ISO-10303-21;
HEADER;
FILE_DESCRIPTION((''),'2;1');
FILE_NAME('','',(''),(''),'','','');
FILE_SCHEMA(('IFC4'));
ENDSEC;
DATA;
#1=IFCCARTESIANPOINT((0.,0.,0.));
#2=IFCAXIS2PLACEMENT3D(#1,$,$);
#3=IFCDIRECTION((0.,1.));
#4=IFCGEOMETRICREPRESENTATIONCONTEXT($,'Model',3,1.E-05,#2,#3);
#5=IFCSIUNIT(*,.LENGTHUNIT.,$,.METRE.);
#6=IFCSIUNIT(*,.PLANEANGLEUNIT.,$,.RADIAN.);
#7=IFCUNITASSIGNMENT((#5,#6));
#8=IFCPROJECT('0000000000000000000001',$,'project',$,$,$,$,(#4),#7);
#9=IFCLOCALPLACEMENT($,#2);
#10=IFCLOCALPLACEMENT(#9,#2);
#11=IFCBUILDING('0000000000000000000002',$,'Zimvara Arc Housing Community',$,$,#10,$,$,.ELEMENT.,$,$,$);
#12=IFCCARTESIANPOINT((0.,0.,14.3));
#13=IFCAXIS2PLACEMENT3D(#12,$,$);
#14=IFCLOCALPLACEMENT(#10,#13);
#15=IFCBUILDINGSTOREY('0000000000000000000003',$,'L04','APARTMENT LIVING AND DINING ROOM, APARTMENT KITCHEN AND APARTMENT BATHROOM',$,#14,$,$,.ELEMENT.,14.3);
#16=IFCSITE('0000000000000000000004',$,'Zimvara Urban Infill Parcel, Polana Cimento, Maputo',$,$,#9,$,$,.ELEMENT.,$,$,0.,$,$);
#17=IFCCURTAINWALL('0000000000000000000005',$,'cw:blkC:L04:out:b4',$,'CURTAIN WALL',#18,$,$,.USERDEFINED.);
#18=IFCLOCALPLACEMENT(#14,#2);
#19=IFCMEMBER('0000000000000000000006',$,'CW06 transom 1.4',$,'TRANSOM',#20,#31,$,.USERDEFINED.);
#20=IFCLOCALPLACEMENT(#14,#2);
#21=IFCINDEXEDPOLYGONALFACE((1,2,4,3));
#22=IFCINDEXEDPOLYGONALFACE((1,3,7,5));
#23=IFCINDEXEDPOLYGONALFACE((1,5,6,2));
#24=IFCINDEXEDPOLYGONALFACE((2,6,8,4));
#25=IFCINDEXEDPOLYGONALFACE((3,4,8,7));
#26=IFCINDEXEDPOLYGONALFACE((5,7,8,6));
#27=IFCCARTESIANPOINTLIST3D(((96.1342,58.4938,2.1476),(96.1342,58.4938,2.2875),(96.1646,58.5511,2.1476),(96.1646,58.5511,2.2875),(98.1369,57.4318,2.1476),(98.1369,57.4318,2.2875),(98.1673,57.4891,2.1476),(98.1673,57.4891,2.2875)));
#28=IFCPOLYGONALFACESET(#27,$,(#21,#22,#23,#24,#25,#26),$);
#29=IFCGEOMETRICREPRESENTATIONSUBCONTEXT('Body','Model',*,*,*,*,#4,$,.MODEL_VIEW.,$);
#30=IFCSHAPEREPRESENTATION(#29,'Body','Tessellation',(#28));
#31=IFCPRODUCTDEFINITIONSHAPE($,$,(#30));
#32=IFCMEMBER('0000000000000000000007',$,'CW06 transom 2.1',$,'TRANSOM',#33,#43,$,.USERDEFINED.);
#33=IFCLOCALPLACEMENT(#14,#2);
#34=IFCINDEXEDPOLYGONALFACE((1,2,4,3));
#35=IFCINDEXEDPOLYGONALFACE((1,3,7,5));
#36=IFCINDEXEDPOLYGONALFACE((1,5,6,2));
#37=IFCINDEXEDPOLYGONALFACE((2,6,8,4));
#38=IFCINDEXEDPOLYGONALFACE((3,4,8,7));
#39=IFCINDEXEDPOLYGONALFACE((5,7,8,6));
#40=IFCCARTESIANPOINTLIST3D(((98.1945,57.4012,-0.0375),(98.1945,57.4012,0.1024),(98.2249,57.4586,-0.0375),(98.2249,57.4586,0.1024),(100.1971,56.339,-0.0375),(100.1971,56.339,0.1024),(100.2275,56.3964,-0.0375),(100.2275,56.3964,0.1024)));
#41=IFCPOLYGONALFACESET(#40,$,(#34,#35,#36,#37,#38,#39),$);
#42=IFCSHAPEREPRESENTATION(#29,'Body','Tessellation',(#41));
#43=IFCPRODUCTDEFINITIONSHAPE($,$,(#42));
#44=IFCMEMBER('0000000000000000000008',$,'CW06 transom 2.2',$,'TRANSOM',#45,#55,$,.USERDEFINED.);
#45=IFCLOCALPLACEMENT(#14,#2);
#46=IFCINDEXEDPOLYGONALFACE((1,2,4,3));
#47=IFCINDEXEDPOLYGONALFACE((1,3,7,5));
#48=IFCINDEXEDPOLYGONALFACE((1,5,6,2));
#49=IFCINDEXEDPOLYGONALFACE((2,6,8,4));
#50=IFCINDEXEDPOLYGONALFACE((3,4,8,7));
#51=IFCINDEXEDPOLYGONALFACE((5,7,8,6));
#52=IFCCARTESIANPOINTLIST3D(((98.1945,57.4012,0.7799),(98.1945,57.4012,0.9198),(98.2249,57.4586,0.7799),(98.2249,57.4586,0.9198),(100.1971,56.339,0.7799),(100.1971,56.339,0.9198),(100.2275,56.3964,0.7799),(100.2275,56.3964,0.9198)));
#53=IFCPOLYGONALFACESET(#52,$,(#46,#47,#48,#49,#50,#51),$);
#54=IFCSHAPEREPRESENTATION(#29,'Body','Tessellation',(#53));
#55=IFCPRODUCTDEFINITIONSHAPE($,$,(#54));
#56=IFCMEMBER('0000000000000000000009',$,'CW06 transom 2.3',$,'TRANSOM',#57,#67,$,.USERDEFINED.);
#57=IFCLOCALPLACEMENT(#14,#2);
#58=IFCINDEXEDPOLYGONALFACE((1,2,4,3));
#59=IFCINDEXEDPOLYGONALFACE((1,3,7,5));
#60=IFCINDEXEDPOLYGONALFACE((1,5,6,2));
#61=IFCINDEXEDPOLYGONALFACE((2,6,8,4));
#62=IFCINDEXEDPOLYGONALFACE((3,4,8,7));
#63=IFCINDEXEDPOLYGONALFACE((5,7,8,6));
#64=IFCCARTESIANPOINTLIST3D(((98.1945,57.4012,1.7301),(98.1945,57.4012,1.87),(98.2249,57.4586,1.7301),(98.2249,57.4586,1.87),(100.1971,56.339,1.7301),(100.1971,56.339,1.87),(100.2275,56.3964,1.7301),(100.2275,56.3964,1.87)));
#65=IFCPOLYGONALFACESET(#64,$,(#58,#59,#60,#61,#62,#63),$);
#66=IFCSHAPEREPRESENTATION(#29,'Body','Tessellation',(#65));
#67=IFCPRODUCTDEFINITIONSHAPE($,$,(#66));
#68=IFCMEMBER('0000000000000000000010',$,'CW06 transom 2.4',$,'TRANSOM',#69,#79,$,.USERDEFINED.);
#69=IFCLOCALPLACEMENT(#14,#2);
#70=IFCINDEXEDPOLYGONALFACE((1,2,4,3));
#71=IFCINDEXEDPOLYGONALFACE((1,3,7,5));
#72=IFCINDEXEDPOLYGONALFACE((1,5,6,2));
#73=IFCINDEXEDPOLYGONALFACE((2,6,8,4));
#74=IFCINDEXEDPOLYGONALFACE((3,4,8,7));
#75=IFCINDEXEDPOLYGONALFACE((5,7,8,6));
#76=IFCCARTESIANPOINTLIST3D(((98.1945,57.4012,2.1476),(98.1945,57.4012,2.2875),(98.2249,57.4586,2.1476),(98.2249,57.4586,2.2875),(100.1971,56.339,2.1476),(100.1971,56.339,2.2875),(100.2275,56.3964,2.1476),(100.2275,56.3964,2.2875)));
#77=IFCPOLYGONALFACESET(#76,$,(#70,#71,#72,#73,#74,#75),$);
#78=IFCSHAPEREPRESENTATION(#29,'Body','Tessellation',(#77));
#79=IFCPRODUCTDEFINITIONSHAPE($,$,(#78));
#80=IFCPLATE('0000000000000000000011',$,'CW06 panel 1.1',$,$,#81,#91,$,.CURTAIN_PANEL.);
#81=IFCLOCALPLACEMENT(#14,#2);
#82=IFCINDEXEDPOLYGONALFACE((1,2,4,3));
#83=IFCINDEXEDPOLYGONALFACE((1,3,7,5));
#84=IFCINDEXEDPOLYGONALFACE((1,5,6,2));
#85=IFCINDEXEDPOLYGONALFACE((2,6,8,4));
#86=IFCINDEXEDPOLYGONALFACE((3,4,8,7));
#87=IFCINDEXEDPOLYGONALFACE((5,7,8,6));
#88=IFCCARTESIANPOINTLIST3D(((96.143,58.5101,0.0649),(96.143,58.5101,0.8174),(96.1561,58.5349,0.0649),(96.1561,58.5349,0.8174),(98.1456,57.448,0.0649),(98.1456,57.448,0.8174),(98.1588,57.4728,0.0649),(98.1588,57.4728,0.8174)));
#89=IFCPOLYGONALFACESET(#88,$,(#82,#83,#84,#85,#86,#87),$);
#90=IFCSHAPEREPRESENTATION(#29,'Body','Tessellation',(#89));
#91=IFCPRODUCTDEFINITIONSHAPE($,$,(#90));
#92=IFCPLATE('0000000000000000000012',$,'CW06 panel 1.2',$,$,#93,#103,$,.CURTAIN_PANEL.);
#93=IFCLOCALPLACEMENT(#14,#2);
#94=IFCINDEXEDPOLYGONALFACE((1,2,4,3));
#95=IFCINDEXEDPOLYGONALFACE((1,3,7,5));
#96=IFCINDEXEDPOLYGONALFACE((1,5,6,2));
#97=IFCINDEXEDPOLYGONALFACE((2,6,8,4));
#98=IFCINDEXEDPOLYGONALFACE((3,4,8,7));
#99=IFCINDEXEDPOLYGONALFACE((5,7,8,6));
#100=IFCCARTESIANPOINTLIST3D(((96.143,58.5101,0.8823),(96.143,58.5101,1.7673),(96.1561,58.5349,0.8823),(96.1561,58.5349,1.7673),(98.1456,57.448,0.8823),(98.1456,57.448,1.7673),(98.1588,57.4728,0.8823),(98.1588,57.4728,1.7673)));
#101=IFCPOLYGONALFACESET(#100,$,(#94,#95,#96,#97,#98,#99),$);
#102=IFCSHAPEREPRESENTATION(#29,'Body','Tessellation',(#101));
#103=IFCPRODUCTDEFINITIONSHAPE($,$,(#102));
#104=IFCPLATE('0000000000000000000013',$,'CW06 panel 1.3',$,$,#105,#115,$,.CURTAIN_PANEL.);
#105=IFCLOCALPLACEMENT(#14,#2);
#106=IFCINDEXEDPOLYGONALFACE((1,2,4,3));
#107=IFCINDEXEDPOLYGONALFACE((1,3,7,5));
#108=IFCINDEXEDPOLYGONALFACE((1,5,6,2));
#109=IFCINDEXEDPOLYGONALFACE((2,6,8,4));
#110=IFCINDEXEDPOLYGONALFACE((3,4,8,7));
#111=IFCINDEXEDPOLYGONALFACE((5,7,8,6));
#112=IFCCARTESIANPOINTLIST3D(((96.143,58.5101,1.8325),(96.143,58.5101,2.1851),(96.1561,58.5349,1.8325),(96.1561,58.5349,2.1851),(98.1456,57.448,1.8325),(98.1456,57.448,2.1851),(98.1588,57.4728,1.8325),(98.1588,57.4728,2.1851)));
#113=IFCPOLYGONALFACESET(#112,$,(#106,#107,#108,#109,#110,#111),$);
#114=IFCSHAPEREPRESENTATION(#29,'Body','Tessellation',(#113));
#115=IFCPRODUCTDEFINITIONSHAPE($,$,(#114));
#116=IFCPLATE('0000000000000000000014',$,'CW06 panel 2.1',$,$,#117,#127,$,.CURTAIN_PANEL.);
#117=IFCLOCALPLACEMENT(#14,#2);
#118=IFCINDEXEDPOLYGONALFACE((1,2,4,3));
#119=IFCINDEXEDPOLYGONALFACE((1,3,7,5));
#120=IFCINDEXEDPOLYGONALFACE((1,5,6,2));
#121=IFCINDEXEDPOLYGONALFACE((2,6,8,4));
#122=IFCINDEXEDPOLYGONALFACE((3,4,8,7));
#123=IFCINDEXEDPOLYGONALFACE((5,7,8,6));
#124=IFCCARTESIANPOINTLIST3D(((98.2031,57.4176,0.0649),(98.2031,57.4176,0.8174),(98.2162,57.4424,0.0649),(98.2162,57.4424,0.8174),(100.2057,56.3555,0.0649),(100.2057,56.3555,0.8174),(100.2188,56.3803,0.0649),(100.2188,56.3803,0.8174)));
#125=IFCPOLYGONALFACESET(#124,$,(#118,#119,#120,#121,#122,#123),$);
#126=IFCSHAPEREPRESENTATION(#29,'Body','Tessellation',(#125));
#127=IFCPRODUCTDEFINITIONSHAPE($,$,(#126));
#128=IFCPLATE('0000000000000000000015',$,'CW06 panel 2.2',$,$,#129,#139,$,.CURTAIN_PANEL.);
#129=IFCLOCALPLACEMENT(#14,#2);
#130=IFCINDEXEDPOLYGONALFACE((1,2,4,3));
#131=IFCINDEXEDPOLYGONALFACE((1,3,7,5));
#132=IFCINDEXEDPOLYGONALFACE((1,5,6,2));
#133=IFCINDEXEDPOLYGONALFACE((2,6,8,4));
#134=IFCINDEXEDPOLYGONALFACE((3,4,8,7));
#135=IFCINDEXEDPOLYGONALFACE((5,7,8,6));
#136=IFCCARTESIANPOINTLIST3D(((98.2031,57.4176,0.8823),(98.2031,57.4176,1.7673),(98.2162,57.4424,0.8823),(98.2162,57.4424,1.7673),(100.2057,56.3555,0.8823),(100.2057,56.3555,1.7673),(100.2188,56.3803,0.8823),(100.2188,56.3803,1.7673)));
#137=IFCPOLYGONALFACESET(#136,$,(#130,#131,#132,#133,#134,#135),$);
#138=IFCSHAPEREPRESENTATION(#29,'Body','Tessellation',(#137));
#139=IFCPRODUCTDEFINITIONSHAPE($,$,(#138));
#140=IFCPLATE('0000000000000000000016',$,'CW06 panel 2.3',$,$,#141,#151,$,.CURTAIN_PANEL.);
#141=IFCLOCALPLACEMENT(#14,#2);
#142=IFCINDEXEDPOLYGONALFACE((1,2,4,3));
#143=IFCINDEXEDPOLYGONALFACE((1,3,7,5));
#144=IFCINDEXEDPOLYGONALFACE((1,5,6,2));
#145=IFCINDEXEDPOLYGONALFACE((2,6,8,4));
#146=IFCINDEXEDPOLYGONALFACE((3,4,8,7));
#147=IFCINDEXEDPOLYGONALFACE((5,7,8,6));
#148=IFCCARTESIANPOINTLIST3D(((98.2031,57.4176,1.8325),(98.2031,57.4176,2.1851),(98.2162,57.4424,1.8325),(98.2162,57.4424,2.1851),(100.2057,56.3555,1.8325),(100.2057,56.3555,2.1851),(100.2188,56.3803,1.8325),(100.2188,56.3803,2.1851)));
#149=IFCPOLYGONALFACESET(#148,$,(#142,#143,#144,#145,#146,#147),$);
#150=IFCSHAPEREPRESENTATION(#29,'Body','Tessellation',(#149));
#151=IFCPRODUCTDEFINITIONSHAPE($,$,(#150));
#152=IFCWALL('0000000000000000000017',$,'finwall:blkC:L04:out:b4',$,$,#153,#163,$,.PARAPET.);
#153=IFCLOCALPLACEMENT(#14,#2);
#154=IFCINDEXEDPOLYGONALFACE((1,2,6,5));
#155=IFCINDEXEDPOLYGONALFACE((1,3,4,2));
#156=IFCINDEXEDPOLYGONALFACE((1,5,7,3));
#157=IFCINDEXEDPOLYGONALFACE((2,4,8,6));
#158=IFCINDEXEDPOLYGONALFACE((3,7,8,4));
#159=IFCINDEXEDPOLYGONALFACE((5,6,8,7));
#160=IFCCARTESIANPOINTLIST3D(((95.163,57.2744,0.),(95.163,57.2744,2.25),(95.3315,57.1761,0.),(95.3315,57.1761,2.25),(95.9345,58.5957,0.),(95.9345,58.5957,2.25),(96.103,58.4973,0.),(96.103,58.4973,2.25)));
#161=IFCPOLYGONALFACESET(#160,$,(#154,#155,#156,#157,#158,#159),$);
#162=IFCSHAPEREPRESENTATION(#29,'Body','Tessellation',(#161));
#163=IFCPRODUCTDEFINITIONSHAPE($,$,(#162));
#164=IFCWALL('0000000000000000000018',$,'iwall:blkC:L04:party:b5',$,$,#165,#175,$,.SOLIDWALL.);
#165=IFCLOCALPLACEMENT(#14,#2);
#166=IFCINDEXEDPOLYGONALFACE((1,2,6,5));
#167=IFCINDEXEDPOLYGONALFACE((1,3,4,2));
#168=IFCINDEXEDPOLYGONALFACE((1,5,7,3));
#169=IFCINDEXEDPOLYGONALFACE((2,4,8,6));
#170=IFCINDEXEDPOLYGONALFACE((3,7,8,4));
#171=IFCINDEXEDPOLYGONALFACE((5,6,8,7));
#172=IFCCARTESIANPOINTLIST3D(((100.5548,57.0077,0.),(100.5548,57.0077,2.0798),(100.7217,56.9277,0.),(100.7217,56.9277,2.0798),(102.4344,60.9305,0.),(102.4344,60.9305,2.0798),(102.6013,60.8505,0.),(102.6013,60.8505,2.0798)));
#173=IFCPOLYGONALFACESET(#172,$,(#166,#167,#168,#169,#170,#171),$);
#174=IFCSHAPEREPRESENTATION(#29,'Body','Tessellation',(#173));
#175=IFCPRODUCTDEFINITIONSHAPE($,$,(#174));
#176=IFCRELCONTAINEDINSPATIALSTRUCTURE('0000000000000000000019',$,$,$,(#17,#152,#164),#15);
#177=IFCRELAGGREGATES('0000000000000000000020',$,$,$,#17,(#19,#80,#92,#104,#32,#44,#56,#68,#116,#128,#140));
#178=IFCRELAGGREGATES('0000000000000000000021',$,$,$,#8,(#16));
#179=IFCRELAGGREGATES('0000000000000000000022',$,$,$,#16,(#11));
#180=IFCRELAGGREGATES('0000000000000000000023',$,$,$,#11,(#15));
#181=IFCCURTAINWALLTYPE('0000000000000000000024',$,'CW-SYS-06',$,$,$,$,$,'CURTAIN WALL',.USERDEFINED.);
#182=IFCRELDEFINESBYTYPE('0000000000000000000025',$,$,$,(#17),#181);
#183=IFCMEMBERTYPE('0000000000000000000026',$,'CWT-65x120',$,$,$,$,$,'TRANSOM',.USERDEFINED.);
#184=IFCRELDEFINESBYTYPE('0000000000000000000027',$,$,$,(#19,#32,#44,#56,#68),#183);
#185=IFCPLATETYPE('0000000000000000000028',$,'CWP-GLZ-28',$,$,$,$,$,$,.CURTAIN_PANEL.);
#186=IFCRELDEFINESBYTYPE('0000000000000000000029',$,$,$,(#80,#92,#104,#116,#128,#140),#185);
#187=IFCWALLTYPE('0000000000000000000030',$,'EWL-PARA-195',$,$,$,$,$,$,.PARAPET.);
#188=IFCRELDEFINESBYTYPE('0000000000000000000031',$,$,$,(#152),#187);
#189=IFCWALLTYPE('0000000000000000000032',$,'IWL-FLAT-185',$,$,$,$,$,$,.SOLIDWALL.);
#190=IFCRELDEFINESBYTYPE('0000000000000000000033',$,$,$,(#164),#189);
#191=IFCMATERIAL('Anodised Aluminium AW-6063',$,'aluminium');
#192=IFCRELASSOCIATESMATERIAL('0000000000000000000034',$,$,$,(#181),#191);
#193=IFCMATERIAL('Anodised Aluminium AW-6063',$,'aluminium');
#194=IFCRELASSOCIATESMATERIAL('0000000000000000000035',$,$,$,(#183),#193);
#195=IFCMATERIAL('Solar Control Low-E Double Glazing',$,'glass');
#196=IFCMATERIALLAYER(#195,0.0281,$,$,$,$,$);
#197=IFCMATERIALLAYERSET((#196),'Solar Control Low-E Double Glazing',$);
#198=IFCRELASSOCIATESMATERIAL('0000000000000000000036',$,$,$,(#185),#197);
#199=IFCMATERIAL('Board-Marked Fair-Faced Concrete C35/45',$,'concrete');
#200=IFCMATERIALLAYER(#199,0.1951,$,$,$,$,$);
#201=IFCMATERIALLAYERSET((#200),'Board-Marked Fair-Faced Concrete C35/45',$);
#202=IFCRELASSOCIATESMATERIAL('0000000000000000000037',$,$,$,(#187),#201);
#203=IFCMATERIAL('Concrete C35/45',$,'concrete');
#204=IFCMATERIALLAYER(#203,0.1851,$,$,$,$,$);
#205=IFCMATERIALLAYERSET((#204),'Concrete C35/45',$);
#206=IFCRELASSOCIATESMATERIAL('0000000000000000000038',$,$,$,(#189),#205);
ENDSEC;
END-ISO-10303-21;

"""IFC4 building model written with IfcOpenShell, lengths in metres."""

from ifc_helpers import new_model, si_unit, direction, frame, frame_2d, origin, origin_2d, place, context, subcontext, project, spatial, rectangle, extrude, material, layer, layer_set, material_profile, profile_set, type_object, element, aggregate, save


model = new_model("IFC4")

# Units and contexts
model_context = context("Model", 3, precision=1e-05, world=origin(), true_north=direction((0.0, 1.0)))
body_context = subcontext(model_context, "Body", "Model", "MODEL_VIEW")
ifc_project = project(units=[si_unit("LENGTHUNIT", "METRE"), si_unit("PLANEANGLEUNIT", "RADIAN")], contexts=[model_context])

# Site, building, storey
site_placement = place(None, origin())
site = spatial("IfcSite", under=ifc_project, at=site_placement, Name="Zimvara Urban Infill Parcel, Polana Cimento, Maputo", CompositionType="ELEMENT", RefElevation=0.0)
building_placement = place(site_placement, origin())
building = spatial("IfcBuilding", under=site, at=building_placement, Name="Zimvara Arc Housing Community", CompositionType="ELEMENT")
storey_placement = place(building_placement, frame((0.0, 0.0, 14.3)))
storey = spatial("IfcBuildingStorey", under=building, at=storey_placement, Name="L04", Description="APARTMENT LIVING AND DINING ROOM, APARTMENT KITCHEN AND APARTMENT BATHROOM", CompositionType="ELEMENT", Elevation=14.3)

# Curtain wall, members, plates
ifc_material_1 = material(Name="Anodised Aluminium AW-6063", Category="aluminium")
curtain_wall_type = type_object("IfcCurtainWallType", Name="CW-SYS-06", ElementType="CURTAIN WALL", PredefinedType="USERDEFINED", material=ifc_material_1)
curtain_wall_placement = place(storey_placement, origin())
curtain_wall = element("IfcCurtainWall", 1, at=curtain_wall_placement, inside=storey, type_object=curtain_wall_type, Name="cw:blkC:L04:out:b4", ObjectType="CURTAIN WALL", PredefinedType="USERDEFINED")
ifc_material_2 = material(Name="Anodised Aluminium AW-6063", Category="aluminium")
ifc_material_profile_1 = material_profile(ifc_material_2, rectangle(XDim=0.0649, YDim=0.1399, at=origin_2d()), Name="ALU 65x140")
ifc_profile_set_1 = profile_set([ifc_material_profile_1], Name="Anodised Aluminium AW-6063")
member_type_1 = type_object("IfcMemberType", Name="CWT-65x120", ElementType="TRANSOM", PredefinedType="USERDEFINED", material=ifc_profile_set_1)
member_1_placement = place(storey_placement, frame((96.1494, 58.5225, 2.2175), z_axis=(0.883465, -0.468496, 0.0), x_axis=(0.468496, 0.883465, 0.0)))
member_1 = element("IfcMember", 2, at=member_1_placement, type_object=member_type_1, Name="CW06 transom 1.4", ObjectType="TRANSOM", PredefinedType="USERDEFINED", context=body_context, shape_type="SweptSolid", body=[
    extrude(rectangle(XDim=0.0649, YDim=0.1399, at=origin_2d()), origin(), (0.0, 0.0, 1.0), 2.2668),
])
member_2_placement = place(storey_placement, frame((98.2097, 57.4299, 0.0325), z_axis=(0.883421, -0.46858, 0.0), x_axis=(0.46858, 0.883421, 0.0)))
member_2 = element("IfcMember", 3, at=member_2_placement, type_object=member_type_1, Name="CW06 transom 2.1", ObjectType="TRANSOM", PredefinedType="USERDEFINED", context=body_context, shape_type="SweptSolid", body=[
    extrude(rectangle(XDim=0.0649, YDim=0.1399, at=origin_2d()), origin(), (0.0, 0.0, 1.0), 2.2668),
])
member_3_placement = place(storey_placement, frame((98.2097, 57.4299, 0.8499), z_axis=(0.883421, -0.46858, 0.0), x_axis=(0.46858, 0.883421, 0.0)))
member_3 = element("IfcMember", 4, at=member_3_placement, type_object=member_type_1, Name="CW06 transom 2.2", ObjectType="TRANSOM", PredefinedType="USERDEFINED", context=body_context, shape_type="SweptSolid", body=[
    extrude(rectangle(XDim=0.0649, YDim=0.1399, at=origin_2d()), origin(), (0.0, 0.0, 1.0), 2.2668),
])
member_4_placement = place(storey_placement, frame((98.2097, 57.4299, 1.8), z_axis=(0.883421, -0.46858, 0.0), x_axis=(0.46858, 0.883421, 0.0)))
member_4 = element("IfcMember", 5, at=member_4_placement, type_object=member_type_1, Name="CW06 transom 2.3", ObjectType="TRANSOM", PredefinedType="USERDEFINED", context=body_context, shape_type="SweptSolid", body=[
    extrude(rectangle(XDim=0.0649, YDim=0.1399, at=origin_2d()), origin(), (0.0, 0.0, 1.0), 2.2668),
])
member_5_placement = place(storey_placement, frame((98.2097, 57.4299, 2.2175), z_axis=(0.883421, -0.46858, 0.0), x_axis=(0.46858, 0.883421, 0.0)))
member_5 = element("IfcMember", 6, at=member_5_placement, type_object=member_type_1, Name="CW06 transom 2.4", ObjectType="TRANSOM", PredefinedType="USERDEFINED", context=body_context, shape_type="SweptSolid", body=[
    extrude(rectangle(XDim=0.0649, YDim=0.1399, at=origin_2d()), origin(), (0.0, 0.0, 1.0), 2.2668),
])
ifc_material_3 = material(Name="Solar Control Low-E Double Glazing", Category="glass")
ifc_layer_1 = layer(ifc_material_3, 0.0281)
ifc_layer_set_1 = layer_set([ifc_layer_1], Name="Solar Control Low-E Double Glazing")
plate_type = type_object("IfcPlateType", Name="CWP-GLZ-28", PredefinedType="CURTAIN_PANEL", material=ifc_layer_set_1)
plate_1_placement = place(storey_placement, frame((97.1509, 57.9915, 0.0649), z_axis=(0.0, 0.0, 1.0), x_axis=(0.883439, -0.468547, 0.0)))
plate_1 = element("IfcPlate", 7, at=plate_1_placement, type_object=plate_type, Name="CW06 panel 1.1", PredefinedType="CURTAIN_PANEL", context=body_context, shape_type="SweptSolid", body=[
    extrude(rectangle(XDim=2.2668, YDim=0.0281, at=origin_2d()), origin(), (0.0, 0.0, 1.0), 0.7524),
])
plate_2_placement = place(storey_placement, frame((97.1509, 57.9915, 0.8823), z_axis=(0.0, 0.0, 1.0), x_axis=(0.883439, -0.468547, 0.0)))
plate_2 = element("IfcPlate", 8, at=plate_2_placement, type_object=plate_type, Name="CW06 panel 1.2", PredefinedType="CURTAIN_PANEL", context=body_context, shape_type="SweptSolid", body=[
    extrude(rectangle(XDim=2.2668, YDim=0.0281, at=origin_2d()), origin(), (0.0, 0.0, 1.0), 0.885),
])
plate_3_placement = place(storey_placement, frame((97.1509, 57.9915, 1.8325), z_axis=(0.0, 0.0, 1.0), x_axis=(0.883439, -0.468547, 0.0)))
plate_3 = element("IfcPlate", 9, at=plate_3_placement, type_object=plate_type, Name="CW06 panel 1.3", PredefinedType="CURTAIN_PANEL", context=body_context, shape_type="SweptSolid", body=[
    extrude(rectangle(XDim=2.2668, YDim=0.0281, at=origin_2d()), origin(), (0.0, 0.0, 1.0), 0.3525),
])
plate_4_placement = place(storey_placement, frame((99.2109, 56.8989, 0.0649), z_axis=(0.0, 0.0, 1.0), x_axis=(0.883439, -0.468547, 0.0)))
plate_4 = element("IfcPlate", 10, at=plate_4_placement, type_object=plate_type, Name="CW06 panel 2.1", PredefinedType="CURTAIN_PANEL", context=body_context, shape_type="SweptSolid", body=[
    extrude(rectangle(XDim=2.2668, YDim=0.0281, at=origin_2d()), origin(), (0.0, 0.0, 1.0), 0.7524),
])
plate_5_placement = place(storey_placement, frame((99.2109, 56.8989, 0.8823), z_axis=(0.0, 0.0, 1.0), x_axis=(0.883439, -0.468547, 0.0)))
plate_5 = element("IfcPlate", 11, at=plate_5_placement, type_object=plate_type, Name="CW06 panel 2.2", PredefinedType="CURTAIN_PANEL", context=body_context, shape_type="SweptSolid", body=[
    extrude(rectangle(XDim=2.2668, YDim=0.0281, at=origin_2d()), origin(), (0.0, 0.0, 1.0), 0.885),
])
plate_6_placement = place(storey_placement, frame((99.2109, 56.8989, 1.8325), z_axis=(0.0, 0.0, 1.0), x_axis=(0.883439, -0.468547, 0.0)))
plate_6 = element("IfcPlate", 12, at=plate_6_placement, type_object=plate_type, Name="CW06 panel 2.3", PredefinedType="CURTAIN_PANEL", context=body_context, shape_type="SweptSolid", body=[
    extrude(rectangle(XDim=2.2668, YDim=0.0281, at=origin_2d()), origin(), (0.0, 0.0, 1.0), 0.3525),
])
aggregate(curtain_wall, [member_1, plate_1, plate_2, plate_3, member_2, member_3, member_4, member_5, plate_4, plate_5, plate_6])

# Wall
ifc_material_4 = material(Name="Board-Marked Fair-Faced Concrete C35/45", Category="concrete")
ifc_layer_2 = layer(ifc_material_4, 0.1951)
ifc_layer_set_2 = layer_set([ifc_layer_2], Name="Board-Marked Fair-Faced Concrete C35/45")
wall_type_1 = type_object("IfcWallType", Name="EWL-PARA-195", PredefinedType="PARAPET", material=ifc_layer_set_2)
wall_1_placement = place(storey_placement, frame((96.0188, 58.5466, 0.0), z_axis=(0.0, 0.0, 1.0), x_axis=(-0.504228, -0.86357, 0.0)))
element("IfcWall", 13, at=wall_1_placement, inside=storey, type_object=wall_type_1, Name="finwall:blkC:L04:out:b4", PredefinedType="PARAPET", context=body_context, shape_type="SweptSolid", body=[
    extrude(rectangle(XDim=1.53, YDim=0.1951, at=frame_2d((0.7651, 0.0))), origin(), (0.0, 0.0, 1.0), 2.25),
])

# Wall
ifc_material_5 = material(Name="Concrete C35/45", Category="concrete")
ifc_layer_3 = layer(ifc_material_5, 0.1851)
ifc_layer_set_3 = layer_set([ifc_layer_3], Name="Concrete C35/45")
wall_type_2 = type_object("IfcWallType", Name="IWL-FLAT-185", PredefinedType="SOLIDWALL", material=ifc_layer_set_3)
wall_2_placement = place(storey_placement, frame((102.5178, 60.8904, 0.0), z_axis=(0.0, 0.0, 1.0), x_axis=(-0.432109, -0.901821, 0.0)))
element("IfcWall", 14, at=wall_2_placement, inside=storey, type_object=wall_type_2, Name="iwall:blkC:L04:party:b5", PredefinedType="SOLIDWALL", context=body_context, shape_type="SweptSolid", body=[
    extrude(rectangle(XDim=4.3499, YDim=0.1851, at=frame_2d((2.1748, 0.0))), origin(), (0.0, 0.0, 1.0), 2.0798),
])

save(model, "model.ifc")
